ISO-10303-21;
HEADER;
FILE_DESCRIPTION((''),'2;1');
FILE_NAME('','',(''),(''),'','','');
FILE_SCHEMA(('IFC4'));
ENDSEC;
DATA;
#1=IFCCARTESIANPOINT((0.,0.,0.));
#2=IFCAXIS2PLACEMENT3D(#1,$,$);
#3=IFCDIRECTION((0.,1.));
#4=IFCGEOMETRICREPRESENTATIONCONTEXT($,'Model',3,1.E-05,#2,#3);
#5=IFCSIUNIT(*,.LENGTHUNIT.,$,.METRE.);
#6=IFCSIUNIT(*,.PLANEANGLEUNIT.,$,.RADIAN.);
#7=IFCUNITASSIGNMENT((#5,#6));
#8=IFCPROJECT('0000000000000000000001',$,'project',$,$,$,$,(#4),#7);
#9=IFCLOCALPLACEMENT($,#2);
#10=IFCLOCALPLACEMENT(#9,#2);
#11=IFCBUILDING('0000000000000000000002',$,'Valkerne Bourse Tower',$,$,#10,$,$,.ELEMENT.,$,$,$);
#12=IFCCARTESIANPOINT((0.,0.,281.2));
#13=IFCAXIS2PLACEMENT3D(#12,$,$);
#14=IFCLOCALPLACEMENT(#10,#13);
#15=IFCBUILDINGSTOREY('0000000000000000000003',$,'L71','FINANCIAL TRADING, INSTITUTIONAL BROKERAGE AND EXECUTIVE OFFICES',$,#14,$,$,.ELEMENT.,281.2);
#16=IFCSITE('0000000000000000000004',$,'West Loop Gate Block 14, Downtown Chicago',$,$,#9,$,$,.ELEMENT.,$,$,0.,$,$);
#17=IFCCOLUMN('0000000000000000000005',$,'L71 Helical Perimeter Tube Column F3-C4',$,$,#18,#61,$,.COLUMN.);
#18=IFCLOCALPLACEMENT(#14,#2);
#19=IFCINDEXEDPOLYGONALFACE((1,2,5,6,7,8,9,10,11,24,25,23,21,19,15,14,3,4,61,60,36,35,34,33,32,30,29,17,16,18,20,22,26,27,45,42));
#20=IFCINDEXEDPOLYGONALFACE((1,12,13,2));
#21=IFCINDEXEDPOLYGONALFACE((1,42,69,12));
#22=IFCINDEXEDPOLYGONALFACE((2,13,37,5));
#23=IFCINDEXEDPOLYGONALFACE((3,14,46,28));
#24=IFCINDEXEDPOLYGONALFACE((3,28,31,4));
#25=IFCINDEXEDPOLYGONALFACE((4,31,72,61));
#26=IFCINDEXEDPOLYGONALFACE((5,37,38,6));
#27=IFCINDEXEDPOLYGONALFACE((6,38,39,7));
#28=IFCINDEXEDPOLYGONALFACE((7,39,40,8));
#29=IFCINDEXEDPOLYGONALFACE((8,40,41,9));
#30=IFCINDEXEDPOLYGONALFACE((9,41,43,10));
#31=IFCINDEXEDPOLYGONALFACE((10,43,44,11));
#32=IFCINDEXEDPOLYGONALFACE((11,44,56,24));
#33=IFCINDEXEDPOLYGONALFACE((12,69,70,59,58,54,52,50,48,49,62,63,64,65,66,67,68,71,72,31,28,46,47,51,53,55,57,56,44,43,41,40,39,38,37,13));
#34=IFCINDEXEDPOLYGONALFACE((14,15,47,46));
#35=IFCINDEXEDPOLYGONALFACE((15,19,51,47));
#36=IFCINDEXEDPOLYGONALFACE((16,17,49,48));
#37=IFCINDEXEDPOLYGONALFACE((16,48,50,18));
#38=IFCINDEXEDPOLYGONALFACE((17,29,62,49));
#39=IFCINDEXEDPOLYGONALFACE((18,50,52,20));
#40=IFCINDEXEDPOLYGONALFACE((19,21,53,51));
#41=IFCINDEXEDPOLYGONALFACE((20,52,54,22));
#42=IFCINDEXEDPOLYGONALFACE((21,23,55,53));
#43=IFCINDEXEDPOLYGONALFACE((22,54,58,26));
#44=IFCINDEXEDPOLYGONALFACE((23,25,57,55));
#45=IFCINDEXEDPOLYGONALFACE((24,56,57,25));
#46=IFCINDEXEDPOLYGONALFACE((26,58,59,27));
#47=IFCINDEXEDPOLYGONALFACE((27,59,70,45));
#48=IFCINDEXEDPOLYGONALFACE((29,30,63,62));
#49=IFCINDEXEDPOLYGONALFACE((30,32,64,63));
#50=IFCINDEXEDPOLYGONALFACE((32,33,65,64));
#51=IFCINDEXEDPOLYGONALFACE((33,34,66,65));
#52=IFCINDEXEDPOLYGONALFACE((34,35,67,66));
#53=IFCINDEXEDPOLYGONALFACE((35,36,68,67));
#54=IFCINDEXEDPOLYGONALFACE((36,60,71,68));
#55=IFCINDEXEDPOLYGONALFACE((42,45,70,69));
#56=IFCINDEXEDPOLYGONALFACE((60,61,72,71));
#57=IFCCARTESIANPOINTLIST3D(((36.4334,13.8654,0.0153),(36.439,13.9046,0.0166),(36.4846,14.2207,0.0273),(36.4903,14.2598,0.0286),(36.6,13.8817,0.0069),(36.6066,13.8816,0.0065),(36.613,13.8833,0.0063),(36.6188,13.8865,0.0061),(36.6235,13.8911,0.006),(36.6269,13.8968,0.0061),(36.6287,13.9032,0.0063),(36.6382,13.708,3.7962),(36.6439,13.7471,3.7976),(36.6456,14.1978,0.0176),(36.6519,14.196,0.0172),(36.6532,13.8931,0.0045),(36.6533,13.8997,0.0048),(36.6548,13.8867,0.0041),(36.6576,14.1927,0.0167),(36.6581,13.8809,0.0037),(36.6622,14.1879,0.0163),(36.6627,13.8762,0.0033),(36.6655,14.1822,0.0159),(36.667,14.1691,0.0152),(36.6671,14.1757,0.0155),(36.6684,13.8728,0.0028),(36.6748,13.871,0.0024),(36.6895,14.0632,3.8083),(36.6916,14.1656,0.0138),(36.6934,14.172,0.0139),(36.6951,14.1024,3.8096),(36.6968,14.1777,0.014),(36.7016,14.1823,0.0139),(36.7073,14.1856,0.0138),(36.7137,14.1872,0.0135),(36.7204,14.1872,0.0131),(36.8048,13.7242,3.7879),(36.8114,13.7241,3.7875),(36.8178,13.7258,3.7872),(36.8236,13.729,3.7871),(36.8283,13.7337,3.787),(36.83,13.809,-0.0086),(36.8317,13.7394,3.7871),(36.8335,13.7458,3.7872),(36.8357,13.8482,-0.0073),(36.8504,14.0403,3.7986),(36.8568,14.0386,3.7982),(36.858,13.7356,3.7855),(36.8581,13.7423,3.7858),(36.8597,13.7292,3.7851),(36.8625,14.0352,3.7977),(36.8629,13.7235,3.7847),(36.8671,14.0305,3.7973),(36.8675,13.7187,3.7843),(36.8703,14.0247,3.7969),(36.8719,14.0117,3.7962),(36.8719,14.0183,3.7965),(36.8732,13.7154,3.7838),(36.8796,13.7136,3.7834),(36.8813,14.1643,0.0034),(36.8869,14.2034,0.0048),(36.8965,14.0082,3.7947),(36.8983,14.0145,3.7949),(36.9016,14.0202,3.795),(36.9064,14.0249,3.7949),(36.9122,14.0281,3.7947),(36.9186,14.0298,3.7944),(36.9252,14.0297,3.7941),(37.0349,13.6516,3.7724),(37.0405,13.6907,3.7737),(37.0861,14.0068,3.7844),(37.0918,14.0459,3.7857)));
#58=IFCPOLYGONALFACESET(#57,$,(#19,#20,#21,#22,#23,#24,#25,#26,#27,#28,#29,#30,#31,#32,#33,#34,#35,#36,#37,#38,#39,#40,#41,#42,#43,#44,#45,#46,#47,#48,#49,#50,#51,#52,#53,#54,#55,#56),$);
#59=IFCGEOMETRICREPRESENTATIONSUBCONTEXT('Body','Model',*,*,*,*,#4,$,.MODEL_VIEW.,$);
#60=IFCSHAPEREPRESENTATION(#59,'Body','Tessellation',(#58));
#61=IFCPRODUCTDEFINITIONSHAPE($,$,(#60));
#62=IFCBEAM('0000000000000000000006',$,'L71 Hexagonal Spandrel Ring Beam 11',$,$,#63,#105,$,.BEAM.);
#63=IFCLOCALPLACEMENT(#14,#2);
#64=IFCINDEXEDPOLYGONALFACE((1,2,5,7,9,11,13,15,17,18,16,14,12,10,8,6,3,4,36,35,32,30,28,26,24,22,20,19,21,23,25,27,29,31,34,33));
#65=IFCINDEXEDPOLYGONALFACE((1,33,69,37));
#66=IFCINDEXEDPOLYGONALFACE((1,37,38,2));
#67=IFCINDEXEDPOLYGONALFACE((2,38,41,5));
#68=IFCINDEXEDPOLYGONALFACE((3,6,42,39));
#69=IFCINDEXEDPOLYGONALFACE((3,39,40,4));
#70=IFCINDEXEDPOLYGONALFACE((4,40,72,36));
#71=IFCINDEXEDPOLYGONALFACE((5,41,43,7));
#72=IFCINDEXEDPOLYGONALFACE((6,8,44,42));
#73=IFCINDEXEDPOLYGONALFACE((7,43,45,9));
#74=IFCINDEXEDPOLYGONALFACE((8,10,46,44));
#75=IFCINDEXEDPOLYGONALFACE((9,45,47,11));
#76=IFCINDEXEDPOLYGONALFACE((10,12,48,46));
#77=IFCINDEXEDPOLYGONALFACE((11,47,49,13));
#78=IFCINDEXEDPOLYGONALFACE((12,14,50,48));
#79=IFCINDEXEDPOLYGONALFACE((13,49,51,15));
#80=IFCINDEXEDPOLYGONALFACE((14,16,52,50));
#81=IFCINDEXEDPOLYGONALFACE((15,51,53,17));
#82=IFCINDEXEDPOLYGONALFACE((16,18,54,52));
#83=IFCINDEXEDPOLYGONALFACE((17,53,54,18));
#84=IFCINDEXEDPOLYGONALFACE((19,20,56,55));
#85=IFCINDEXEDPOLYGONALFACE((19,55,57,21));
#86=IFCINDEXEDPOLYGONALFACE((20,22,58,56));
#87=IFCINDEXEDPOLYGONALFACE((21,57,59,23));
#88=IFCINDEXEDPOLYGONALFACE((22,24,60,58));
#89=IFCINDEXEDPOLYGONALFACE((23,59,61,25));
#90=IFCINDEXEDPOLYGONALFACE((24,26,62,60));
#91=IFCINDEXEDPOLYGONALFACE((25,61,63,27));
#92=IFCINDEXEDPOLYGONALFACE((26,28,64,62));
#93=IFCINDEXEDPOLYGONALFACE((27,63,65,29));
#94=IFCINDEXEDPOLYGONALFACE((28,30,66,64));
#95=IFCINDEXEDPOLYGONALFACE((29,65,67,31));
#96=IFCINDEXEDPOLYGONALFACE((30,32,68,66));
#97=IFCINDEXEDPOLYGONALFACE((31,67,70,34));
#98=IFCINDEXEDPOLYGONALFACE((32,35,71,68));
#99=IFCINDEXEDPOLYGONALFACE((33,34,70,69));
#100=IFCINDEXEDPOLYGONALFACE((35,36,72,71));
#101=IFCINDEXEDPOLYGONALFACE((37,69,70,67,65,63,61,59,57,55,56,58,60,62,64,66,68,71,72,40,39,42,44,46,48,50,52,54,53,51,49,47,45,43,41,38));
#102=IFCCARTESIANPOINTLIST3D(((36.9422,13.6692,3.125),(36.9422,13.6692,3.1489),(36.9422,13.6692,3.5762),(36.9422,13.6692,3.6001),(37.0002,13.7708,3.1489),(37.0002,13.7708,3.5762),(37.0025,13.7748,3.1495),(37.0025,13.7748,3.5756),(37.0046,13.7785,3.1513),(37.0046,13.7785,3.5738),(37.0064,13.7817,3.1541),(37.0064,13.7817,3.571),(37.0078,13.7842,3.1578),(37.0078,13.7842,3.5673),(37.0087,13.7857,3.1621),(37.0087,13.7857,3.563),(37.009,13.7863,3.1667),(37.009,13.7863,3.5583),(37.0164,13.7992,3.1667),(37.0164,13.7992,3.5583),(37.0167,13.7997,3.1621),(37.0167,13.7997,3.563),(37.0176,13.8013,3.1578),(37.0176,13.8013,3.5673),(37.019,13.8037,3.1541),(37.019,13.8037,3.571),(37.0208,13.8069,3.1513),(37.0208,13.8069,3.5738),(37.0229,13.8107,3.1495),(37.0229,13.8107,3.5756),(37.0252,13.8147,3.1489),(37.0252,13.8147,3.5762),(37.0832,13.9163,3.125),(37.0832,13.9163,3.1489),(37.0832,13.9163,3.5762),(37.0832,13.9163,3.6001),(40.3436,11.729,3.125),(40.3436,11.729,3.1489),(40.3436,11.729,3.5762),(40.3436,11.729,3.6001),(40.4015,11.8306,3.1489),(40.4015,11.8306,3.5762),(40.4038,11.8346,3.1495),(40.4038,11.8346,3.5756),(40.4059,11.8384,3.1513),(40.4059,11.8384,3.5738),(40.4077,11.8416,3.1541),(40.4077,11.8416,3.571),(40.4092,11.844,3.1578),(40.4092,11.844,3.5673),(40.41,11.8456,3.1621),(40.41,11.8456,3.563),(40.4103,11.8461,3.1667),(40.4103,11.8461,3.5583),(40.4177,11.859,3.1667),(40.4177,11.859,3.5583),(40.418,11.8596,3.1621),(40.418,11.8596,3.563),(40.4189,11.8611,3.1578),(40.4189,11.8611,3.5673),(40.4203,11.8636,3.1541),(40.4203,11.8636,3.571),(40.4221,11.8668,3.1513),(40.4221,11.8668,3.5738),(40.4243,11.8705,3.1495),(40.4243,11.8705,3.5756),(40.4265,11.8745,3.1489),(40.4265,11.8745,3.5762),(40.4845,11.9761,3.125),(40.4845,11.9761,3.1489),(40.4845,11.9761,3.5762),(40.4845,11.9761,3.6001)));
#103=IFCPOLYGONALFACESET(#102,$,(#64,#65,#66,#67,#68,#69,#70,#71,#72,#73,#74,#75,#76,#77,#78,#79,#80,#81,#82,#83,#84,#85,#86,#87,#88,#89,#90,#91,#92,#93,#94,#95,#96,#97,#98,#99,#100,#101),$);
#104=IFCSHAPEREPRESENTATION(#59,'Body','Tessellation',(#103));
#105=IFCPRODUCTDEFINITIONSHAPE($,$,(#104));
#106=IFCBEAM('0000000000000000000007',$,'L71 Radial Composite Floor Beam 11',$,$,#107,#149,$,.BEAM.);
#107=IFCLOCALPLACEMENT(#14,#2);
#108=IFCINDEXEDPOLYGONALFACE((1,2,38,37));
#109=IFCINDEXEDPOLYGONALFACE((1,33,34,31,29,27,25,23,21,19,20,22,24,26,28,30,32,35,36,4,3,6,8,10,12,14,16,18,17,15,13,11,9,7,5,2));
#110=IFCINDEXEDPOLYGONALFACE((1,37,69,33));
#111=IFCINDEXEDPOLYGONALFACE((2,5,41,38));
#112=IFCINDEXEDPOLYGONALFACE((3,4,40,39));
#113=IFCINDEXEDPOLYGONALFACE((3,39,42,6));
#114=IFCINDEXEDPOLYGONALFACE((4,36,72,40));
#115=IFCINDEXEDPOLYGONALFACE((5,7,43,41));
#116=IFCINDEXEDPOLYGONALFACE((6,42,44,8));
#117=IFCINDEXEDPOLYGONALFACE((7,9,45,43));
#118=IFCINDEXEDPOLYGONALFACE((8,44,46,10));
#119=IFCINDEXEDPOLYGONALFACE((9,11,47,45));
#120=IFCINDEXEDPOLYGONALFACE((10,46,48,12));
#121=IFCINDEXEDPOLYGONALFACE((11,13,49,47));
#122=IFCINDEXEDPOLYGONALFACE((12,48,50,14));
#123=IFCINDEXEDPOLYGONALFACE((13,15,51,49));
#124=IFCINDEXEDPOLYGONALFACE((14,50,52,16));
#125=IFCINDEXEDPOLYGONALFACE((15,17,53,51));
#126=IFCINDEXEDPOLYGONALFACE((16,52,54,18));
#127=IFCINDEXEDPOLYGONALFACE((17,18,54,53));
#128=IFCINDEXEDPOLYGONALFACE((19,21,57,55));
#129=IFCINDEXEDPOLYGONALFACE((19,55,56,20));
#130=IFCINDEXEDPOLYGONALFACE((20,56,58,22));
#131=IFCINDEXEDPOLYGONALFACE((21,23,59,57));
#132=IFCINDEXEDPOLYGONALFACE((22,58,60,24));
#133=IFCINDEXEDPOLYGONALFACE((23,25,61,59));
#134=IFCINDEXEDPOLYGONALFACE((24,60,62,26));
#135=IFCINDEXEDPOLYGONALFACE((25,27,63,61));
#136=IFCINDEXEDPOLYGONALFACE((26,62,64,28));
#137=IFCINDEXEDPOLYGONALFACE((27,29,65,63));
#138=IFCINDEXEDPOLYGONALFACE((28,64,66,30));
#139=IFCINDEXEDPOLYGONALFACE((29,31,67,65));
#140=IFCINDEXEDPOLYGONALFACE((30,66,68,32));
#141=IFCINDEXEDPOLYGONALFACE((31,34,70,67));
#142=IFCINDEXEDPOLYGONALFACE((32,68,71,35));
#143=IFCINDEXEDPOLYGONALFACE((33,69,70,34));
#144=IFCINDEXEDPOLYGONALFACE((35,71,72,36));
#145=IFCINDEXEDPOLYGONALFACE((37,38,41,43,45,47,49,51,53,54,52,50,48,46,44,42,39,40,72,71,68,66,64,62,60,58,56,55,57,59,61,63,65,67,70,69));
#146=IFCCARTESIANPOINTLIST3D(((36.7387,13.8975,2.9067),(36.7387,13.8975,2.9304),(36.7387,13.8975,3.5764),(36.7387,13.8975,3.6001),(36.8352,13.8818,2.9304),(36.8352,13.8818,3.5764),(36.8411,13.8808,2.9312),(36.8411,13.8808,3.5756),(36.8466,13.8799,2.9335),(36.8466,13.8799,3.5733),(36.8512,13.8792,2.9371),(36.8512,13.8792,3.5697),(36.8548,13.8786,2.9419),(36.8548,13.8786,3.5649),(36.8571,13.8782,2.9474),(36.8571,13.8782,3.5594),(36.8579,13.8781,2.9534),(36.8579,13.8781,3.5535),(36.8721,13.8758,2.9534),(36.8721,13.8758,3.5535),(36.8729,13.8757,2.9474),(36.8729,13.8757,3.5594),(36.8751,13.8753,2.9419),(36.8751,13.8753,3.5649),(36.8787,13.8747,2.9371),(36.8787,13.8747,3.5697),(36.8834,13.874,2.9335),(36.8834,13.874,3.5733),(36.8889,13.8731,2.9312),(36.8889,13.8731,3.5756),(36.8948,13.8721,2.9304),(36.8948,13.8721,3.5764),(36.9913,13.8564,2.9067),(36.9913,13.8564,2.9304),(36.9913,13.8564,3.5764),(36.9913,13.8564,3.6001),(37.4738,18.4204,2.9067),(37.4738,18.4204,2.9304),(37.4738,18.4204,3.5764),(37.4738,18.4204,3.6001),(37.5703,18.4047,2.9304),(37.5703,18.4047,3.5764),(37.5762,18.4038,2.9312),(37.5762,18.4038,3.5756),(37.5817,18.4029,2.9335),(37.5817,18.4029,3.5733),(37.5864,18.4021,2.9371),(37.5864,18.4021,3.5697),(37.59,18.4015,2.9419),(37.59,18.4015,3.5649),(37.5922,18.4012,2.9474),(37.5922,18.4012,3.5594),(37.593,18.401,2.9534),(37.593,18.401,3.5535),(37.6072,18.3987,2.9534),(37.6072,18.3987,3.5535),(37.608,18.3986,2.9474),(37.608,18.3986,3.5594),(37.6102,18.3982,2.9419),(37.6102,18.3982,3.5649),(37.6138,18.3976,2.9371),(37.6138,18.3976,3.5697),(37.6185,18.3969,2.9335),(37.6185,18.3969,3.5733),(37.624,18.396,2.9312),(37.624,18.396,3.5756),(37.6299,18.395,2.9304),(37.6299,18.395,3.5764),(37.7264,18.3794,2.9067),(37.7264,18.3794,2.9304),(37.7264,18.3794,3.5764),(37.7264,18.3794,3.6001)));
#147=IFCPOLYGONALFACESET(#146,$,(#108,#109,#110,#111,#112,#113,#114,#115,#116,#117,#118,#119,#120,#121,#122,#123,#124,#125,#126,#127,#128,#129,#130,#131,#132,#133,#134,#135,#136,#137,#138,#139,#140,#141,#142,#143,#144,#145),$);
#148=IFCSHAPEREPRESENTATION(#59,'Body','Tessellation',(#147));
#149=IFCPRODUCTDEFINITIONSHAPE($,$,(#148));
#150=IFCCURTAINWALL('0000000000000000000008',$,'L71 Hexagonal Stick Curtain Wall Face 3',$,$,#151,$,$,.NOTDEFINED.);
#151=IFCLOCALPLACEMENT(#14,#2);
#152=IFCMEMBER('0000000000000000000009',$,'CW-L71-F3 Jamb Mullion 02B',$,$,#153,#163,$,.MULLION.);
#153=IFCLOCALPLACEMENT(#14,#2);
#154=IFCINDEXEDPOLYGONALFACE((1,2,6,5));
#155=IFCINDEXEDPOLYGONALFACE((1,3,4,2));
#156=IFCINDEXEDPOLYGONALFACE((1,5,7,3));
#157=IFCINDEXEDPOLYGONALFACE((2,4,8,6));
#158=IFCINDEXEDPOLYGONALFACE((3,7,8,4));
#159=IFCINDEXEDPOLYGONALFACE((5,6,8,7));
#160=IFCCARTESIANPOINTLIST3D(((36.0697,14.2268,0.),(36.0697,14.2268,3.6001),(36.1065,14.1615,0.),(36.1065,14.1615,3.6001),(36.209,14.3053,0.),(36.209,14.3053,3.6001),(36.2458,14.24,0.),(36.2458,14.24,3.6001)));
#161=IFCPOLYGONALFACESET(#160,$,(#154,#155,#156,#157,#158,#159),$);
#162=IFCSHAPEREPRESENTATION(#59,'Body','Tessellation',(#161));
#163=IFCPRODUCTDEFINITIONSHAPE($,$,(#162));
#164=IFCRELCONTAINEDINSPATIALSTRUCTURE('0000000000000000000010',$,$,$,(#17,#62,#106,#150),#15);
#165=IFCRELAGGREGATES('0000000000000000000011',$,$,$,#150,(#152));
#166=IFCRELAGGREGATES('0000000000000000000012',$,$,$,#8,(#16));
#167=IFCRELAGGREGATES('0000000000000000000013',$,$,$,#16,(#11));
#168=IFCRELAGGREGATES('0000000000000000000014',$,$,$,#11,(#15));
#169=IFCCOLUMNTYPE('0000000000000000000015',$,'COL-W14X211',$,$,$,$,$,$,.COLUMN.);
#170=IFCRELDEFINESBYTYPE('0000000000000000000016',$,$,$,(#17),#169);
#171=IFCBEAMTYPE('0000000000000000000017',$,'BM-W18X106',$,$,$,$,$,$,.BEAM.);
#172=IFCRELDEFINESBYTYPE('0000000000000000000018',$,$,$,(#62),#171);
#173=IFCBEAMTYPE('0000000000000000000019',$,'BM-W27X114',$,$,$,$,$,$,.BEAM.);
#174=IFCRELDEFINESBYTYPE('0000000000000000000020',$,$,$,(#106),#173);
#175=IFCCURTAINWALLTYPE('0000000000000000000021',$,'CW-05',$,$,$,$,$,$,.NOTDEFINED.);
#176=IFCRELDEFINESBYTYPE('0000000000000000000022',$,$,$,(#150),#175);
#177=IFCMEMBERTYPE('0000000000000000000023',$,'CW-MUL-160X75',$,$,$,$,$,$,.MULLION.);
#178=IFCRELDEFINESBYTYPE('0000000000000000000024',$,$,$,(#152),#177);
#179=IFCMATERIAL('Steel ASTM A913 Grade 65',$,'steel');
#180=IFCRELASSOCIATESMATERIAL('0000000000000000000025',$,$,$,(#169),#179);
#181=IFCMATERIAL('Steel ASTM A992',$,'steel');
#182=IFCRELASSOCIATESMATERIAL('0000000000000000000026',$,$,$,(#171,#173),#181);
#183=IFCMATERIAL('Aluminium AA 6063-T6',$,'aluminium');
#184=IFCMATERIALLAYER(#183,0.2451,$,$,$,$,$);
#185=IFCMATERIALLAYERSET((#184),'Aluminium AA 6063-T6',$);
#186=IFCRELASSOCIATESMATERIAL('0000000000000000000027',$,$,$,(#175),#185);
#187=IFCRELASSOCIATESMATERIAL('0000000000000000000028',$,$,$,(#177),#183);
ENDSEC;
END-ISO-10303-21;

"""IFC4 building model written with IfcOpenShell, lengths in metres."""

from ifc_helpers import new_model, si_unit, direction, frame, origin, origin_2d, place, context, subcontext, project, spatial, rectangle, i_section, extrude, material, layer, layer_set, material_profile, profile_set, type_object, element, aggregate, save


model = new_model("IFC4")

# Units and contexts
model_context = context("Model", 3, precision=1e-05, world=origin(), true_north=direction((0.0, 1.0)))
body_context = subcontext(model_context, "Body", "Model", "MODEL_VIEW")
ifc_project = project(units=[si_unit("LENGTHUNIT", "METRE"), si_unit("PLANEANGLEUNIT", "RADIAN")], contexts=[model_context])

# Site, building, storey
site_placement = place(None, origin())
site = spatial("IfcSite", under=ifc_project, at=site_placement, Name="West Loop Gate Block 14, Downtown Chicago", CompositionType="ELEMENT", RefElevation=0.0)
building_placement = place(site_placement, origin())
building = spatial("IfcBuilding", under=site, at=building_placement, Name="Valkerne Bourse Tower", CompositionType="ELEMENT")
storey_placement = place(building_placement, frame((0.0, 0.0, 281.2)))
storey = spatial("IfcBuildingStorey", under=building, at=storey_placement, Name="L71", Description="FINANCIAL TRADING, INSTITUTIONAL BROKERAGE AND EXECUTIVE OFFICES", CompositionType="ELEMENT", Elevation=281.2)

# Column
ifc_material_1 = material(Name="Steel ASTM A913 Grade 65", Category="steel")
ifc_material_profile_1 = material_profile(ifc_material_1, i_section(OverallWidth=0.4014, OverallDepth=0.3987, WebThickness=0.0249, FlangeThickness=0.0396, FilletRadius=0.0254, at=origin_2d()), Name="W14X211")
ifc_profile_set_1 = profile_set([ifc_material_profile_1], Name="Steel ASTM A913 Grade 65")
column_type = type_object("IfcColumnType", Name="COL-W14X211", PredefinedType="COLUMN", material=ifc_profile_set_1)
column_placement = place(storey_placement, frame((36.6602, 14.0344, 0.01), z_axis=(0.054048, -0.041551, 0.997673), x_axis=(0.988288, -0.140566, -0.059394)))
element("IfcColumn", 1, at=column_placement, inside=storey, type_object=column_type, Name="L71 Helical Perimeter Tube Column F3-C4", PredefinedType="COLUMN", context=body_context, shape_type="SweptSolid", body=[
    extrude(i_section(OverallWidth=0.4014, OverallDepth=0.3987, WebThickness=0.0249, FlangeThickness=0.0396, FilletRadius=0.0254, at=origin_2d()), origin(), (0.0, 0.0, 1.0), 3.7898),
])

# Beams
ifc_material_2 = material(Name="Steel ASTM A992", Category="steel")
ifc_material_profile_2 = material_profile(ifc_material_2, i_section(OverallWidth=0.2844, OverallDepth=0.4751, WebThickness=0.0149, FlangeThickness=0.0239, FilletRadius=0.0178, at=origin_2d()), Name="W18X106")
ifc_profile_set_2 = profile_set([ifc_material_profile_2], Name="Steel ASTM A992")
beam_type_1 = type_object("IfcBeamType", Name="BM-W18X106", PredefinedType="BEAM", material=ifc_profile_set_2)
beam_1_placement = place(storey_placement, frame((37.0127, 13.7927, 3.3625), z_axis=(0.868623, -0.495474, 0.0), x_axis=(0.495474, 0.868623, 0.0)))
element("IfcBeam", 2, at=beam_1_placement, inside=storey, type_object=beam_type_1, Name="L71 Hexagonal Spandrel Ring Beam 11", PredefinedType="BEAM", context=body_context, shape_type="SweptSolid", body=[
    extrude(i_section(OverallWidth=0.2844, OverallDepth=0.4751, WebThickness=0.0149, FlangeThickness=0.0239, FilletRadius=0.0178, at=origin_2d()), origin(), (0.0, 0.0, 1.0), 3.9158),
])
ifc_material_profile_3 = material_profile(ifc_material_2, i_section(OverallWidth=0.2559, OverallDepth=0.6934, WebThickness=0.0144, FlangeThickness=0.0237, FilletRadius=0.0229, at=origin_2d()), Name="W27X114")
ifc_profile_set_3 = profile_set([ifc_material_profile_3], Name="Steel ASTM A992")
beam_type_2 = type_object("IfcBeamType", Name="BM-W27X114", PredefinedType="BEAM", material=ifc_profile_set_3)
beam_2_placement = place(storey_placement, frame((36.865, 13.877, 3.2534), z_axis=(0.160423, 0.987048, 0.0), x_axis=(-0.987048, 0.160423, 0.0)))
element("IfcBeam", 3, at=beam_2_placement, inside=storey, type_object=beam_type_2, Name="L71 Radial Composite Floor Beam 11", PredefinedType="BEAM", context=body_context, shape_type="SweptSolid", body=[
    extrude(i_section(OverallWidth=0.2559, OverallDepth=0.6934, WebThickness=0.0144, FlangeThickness=0.0237, FilletRadius=0.0229, at=origin_2d()), origin(), (0.0, 0.0, 1.0), 4.5823),
])

# Curtain wall, member
ifc_material_3 = material(Name="Aluminium AA 6063-T6", Category="aluminium")
ifc_layer_1 = layer(ifc_material_3, 0.2451)
ifc_layer_set_1 = layer_set([ifc_layer_1], Name="Aluminium AA 6063-T6")
curtain_wall_type = type_object("IfcCurtainWallType", Name="CW-05", PredefinedType="NOTDEFINED", material=ifc_layer_set_1)
curtain_wall_placement = place(storey_placement, origin())
curtain_wall = element("IfcCurtainWall", 4, at=curtain_wall_placement, inside=storey, type_object=curtain_wall_type, Name="L71 Hexagonal Stick Curtain Wall Face 3", PredefinedType="NOTDEFINED")
ifc_material_profile_4 = material_profile(ifc_material_3, rectangle(XDim=0.075, YDim=0.1599, at=origin_2d()), Name="CWM-75X160")
ifc_profile_set_4 = profile_set([ifc_material_profile_4], Name="Aluminium AA 6063-T6")
member_type_1 = type_object("IfcMemberType", Name="CW-MUL-160X75", PredefinedType="MULLION", material=ifc_profile_set_4)
member_1_placement = place(storey_placement, frame((36.1577, 14.2334, 0.0), z_axis=(0.0, 0.0, 1.0), x_axis=(0.490901, -0.871215, 0.0)))
member_1 = element("IfcMember", 5, at=member_1_placement, type_object=member_type_1, Name="CW-L71-F3 Jamb Mullion 02B", PredefinedType="MULLION", context=body_context, shape_type="SweptSolid", body=[
    extrude(rectangle(XDim=0.075, YDim=0.1599, at=origin_2d()), origin(), (0.0, 0.0, 1.0), 3.6001),
])

aggregate(curtain_wall, [member_1])

save(model, "model.ifc")
